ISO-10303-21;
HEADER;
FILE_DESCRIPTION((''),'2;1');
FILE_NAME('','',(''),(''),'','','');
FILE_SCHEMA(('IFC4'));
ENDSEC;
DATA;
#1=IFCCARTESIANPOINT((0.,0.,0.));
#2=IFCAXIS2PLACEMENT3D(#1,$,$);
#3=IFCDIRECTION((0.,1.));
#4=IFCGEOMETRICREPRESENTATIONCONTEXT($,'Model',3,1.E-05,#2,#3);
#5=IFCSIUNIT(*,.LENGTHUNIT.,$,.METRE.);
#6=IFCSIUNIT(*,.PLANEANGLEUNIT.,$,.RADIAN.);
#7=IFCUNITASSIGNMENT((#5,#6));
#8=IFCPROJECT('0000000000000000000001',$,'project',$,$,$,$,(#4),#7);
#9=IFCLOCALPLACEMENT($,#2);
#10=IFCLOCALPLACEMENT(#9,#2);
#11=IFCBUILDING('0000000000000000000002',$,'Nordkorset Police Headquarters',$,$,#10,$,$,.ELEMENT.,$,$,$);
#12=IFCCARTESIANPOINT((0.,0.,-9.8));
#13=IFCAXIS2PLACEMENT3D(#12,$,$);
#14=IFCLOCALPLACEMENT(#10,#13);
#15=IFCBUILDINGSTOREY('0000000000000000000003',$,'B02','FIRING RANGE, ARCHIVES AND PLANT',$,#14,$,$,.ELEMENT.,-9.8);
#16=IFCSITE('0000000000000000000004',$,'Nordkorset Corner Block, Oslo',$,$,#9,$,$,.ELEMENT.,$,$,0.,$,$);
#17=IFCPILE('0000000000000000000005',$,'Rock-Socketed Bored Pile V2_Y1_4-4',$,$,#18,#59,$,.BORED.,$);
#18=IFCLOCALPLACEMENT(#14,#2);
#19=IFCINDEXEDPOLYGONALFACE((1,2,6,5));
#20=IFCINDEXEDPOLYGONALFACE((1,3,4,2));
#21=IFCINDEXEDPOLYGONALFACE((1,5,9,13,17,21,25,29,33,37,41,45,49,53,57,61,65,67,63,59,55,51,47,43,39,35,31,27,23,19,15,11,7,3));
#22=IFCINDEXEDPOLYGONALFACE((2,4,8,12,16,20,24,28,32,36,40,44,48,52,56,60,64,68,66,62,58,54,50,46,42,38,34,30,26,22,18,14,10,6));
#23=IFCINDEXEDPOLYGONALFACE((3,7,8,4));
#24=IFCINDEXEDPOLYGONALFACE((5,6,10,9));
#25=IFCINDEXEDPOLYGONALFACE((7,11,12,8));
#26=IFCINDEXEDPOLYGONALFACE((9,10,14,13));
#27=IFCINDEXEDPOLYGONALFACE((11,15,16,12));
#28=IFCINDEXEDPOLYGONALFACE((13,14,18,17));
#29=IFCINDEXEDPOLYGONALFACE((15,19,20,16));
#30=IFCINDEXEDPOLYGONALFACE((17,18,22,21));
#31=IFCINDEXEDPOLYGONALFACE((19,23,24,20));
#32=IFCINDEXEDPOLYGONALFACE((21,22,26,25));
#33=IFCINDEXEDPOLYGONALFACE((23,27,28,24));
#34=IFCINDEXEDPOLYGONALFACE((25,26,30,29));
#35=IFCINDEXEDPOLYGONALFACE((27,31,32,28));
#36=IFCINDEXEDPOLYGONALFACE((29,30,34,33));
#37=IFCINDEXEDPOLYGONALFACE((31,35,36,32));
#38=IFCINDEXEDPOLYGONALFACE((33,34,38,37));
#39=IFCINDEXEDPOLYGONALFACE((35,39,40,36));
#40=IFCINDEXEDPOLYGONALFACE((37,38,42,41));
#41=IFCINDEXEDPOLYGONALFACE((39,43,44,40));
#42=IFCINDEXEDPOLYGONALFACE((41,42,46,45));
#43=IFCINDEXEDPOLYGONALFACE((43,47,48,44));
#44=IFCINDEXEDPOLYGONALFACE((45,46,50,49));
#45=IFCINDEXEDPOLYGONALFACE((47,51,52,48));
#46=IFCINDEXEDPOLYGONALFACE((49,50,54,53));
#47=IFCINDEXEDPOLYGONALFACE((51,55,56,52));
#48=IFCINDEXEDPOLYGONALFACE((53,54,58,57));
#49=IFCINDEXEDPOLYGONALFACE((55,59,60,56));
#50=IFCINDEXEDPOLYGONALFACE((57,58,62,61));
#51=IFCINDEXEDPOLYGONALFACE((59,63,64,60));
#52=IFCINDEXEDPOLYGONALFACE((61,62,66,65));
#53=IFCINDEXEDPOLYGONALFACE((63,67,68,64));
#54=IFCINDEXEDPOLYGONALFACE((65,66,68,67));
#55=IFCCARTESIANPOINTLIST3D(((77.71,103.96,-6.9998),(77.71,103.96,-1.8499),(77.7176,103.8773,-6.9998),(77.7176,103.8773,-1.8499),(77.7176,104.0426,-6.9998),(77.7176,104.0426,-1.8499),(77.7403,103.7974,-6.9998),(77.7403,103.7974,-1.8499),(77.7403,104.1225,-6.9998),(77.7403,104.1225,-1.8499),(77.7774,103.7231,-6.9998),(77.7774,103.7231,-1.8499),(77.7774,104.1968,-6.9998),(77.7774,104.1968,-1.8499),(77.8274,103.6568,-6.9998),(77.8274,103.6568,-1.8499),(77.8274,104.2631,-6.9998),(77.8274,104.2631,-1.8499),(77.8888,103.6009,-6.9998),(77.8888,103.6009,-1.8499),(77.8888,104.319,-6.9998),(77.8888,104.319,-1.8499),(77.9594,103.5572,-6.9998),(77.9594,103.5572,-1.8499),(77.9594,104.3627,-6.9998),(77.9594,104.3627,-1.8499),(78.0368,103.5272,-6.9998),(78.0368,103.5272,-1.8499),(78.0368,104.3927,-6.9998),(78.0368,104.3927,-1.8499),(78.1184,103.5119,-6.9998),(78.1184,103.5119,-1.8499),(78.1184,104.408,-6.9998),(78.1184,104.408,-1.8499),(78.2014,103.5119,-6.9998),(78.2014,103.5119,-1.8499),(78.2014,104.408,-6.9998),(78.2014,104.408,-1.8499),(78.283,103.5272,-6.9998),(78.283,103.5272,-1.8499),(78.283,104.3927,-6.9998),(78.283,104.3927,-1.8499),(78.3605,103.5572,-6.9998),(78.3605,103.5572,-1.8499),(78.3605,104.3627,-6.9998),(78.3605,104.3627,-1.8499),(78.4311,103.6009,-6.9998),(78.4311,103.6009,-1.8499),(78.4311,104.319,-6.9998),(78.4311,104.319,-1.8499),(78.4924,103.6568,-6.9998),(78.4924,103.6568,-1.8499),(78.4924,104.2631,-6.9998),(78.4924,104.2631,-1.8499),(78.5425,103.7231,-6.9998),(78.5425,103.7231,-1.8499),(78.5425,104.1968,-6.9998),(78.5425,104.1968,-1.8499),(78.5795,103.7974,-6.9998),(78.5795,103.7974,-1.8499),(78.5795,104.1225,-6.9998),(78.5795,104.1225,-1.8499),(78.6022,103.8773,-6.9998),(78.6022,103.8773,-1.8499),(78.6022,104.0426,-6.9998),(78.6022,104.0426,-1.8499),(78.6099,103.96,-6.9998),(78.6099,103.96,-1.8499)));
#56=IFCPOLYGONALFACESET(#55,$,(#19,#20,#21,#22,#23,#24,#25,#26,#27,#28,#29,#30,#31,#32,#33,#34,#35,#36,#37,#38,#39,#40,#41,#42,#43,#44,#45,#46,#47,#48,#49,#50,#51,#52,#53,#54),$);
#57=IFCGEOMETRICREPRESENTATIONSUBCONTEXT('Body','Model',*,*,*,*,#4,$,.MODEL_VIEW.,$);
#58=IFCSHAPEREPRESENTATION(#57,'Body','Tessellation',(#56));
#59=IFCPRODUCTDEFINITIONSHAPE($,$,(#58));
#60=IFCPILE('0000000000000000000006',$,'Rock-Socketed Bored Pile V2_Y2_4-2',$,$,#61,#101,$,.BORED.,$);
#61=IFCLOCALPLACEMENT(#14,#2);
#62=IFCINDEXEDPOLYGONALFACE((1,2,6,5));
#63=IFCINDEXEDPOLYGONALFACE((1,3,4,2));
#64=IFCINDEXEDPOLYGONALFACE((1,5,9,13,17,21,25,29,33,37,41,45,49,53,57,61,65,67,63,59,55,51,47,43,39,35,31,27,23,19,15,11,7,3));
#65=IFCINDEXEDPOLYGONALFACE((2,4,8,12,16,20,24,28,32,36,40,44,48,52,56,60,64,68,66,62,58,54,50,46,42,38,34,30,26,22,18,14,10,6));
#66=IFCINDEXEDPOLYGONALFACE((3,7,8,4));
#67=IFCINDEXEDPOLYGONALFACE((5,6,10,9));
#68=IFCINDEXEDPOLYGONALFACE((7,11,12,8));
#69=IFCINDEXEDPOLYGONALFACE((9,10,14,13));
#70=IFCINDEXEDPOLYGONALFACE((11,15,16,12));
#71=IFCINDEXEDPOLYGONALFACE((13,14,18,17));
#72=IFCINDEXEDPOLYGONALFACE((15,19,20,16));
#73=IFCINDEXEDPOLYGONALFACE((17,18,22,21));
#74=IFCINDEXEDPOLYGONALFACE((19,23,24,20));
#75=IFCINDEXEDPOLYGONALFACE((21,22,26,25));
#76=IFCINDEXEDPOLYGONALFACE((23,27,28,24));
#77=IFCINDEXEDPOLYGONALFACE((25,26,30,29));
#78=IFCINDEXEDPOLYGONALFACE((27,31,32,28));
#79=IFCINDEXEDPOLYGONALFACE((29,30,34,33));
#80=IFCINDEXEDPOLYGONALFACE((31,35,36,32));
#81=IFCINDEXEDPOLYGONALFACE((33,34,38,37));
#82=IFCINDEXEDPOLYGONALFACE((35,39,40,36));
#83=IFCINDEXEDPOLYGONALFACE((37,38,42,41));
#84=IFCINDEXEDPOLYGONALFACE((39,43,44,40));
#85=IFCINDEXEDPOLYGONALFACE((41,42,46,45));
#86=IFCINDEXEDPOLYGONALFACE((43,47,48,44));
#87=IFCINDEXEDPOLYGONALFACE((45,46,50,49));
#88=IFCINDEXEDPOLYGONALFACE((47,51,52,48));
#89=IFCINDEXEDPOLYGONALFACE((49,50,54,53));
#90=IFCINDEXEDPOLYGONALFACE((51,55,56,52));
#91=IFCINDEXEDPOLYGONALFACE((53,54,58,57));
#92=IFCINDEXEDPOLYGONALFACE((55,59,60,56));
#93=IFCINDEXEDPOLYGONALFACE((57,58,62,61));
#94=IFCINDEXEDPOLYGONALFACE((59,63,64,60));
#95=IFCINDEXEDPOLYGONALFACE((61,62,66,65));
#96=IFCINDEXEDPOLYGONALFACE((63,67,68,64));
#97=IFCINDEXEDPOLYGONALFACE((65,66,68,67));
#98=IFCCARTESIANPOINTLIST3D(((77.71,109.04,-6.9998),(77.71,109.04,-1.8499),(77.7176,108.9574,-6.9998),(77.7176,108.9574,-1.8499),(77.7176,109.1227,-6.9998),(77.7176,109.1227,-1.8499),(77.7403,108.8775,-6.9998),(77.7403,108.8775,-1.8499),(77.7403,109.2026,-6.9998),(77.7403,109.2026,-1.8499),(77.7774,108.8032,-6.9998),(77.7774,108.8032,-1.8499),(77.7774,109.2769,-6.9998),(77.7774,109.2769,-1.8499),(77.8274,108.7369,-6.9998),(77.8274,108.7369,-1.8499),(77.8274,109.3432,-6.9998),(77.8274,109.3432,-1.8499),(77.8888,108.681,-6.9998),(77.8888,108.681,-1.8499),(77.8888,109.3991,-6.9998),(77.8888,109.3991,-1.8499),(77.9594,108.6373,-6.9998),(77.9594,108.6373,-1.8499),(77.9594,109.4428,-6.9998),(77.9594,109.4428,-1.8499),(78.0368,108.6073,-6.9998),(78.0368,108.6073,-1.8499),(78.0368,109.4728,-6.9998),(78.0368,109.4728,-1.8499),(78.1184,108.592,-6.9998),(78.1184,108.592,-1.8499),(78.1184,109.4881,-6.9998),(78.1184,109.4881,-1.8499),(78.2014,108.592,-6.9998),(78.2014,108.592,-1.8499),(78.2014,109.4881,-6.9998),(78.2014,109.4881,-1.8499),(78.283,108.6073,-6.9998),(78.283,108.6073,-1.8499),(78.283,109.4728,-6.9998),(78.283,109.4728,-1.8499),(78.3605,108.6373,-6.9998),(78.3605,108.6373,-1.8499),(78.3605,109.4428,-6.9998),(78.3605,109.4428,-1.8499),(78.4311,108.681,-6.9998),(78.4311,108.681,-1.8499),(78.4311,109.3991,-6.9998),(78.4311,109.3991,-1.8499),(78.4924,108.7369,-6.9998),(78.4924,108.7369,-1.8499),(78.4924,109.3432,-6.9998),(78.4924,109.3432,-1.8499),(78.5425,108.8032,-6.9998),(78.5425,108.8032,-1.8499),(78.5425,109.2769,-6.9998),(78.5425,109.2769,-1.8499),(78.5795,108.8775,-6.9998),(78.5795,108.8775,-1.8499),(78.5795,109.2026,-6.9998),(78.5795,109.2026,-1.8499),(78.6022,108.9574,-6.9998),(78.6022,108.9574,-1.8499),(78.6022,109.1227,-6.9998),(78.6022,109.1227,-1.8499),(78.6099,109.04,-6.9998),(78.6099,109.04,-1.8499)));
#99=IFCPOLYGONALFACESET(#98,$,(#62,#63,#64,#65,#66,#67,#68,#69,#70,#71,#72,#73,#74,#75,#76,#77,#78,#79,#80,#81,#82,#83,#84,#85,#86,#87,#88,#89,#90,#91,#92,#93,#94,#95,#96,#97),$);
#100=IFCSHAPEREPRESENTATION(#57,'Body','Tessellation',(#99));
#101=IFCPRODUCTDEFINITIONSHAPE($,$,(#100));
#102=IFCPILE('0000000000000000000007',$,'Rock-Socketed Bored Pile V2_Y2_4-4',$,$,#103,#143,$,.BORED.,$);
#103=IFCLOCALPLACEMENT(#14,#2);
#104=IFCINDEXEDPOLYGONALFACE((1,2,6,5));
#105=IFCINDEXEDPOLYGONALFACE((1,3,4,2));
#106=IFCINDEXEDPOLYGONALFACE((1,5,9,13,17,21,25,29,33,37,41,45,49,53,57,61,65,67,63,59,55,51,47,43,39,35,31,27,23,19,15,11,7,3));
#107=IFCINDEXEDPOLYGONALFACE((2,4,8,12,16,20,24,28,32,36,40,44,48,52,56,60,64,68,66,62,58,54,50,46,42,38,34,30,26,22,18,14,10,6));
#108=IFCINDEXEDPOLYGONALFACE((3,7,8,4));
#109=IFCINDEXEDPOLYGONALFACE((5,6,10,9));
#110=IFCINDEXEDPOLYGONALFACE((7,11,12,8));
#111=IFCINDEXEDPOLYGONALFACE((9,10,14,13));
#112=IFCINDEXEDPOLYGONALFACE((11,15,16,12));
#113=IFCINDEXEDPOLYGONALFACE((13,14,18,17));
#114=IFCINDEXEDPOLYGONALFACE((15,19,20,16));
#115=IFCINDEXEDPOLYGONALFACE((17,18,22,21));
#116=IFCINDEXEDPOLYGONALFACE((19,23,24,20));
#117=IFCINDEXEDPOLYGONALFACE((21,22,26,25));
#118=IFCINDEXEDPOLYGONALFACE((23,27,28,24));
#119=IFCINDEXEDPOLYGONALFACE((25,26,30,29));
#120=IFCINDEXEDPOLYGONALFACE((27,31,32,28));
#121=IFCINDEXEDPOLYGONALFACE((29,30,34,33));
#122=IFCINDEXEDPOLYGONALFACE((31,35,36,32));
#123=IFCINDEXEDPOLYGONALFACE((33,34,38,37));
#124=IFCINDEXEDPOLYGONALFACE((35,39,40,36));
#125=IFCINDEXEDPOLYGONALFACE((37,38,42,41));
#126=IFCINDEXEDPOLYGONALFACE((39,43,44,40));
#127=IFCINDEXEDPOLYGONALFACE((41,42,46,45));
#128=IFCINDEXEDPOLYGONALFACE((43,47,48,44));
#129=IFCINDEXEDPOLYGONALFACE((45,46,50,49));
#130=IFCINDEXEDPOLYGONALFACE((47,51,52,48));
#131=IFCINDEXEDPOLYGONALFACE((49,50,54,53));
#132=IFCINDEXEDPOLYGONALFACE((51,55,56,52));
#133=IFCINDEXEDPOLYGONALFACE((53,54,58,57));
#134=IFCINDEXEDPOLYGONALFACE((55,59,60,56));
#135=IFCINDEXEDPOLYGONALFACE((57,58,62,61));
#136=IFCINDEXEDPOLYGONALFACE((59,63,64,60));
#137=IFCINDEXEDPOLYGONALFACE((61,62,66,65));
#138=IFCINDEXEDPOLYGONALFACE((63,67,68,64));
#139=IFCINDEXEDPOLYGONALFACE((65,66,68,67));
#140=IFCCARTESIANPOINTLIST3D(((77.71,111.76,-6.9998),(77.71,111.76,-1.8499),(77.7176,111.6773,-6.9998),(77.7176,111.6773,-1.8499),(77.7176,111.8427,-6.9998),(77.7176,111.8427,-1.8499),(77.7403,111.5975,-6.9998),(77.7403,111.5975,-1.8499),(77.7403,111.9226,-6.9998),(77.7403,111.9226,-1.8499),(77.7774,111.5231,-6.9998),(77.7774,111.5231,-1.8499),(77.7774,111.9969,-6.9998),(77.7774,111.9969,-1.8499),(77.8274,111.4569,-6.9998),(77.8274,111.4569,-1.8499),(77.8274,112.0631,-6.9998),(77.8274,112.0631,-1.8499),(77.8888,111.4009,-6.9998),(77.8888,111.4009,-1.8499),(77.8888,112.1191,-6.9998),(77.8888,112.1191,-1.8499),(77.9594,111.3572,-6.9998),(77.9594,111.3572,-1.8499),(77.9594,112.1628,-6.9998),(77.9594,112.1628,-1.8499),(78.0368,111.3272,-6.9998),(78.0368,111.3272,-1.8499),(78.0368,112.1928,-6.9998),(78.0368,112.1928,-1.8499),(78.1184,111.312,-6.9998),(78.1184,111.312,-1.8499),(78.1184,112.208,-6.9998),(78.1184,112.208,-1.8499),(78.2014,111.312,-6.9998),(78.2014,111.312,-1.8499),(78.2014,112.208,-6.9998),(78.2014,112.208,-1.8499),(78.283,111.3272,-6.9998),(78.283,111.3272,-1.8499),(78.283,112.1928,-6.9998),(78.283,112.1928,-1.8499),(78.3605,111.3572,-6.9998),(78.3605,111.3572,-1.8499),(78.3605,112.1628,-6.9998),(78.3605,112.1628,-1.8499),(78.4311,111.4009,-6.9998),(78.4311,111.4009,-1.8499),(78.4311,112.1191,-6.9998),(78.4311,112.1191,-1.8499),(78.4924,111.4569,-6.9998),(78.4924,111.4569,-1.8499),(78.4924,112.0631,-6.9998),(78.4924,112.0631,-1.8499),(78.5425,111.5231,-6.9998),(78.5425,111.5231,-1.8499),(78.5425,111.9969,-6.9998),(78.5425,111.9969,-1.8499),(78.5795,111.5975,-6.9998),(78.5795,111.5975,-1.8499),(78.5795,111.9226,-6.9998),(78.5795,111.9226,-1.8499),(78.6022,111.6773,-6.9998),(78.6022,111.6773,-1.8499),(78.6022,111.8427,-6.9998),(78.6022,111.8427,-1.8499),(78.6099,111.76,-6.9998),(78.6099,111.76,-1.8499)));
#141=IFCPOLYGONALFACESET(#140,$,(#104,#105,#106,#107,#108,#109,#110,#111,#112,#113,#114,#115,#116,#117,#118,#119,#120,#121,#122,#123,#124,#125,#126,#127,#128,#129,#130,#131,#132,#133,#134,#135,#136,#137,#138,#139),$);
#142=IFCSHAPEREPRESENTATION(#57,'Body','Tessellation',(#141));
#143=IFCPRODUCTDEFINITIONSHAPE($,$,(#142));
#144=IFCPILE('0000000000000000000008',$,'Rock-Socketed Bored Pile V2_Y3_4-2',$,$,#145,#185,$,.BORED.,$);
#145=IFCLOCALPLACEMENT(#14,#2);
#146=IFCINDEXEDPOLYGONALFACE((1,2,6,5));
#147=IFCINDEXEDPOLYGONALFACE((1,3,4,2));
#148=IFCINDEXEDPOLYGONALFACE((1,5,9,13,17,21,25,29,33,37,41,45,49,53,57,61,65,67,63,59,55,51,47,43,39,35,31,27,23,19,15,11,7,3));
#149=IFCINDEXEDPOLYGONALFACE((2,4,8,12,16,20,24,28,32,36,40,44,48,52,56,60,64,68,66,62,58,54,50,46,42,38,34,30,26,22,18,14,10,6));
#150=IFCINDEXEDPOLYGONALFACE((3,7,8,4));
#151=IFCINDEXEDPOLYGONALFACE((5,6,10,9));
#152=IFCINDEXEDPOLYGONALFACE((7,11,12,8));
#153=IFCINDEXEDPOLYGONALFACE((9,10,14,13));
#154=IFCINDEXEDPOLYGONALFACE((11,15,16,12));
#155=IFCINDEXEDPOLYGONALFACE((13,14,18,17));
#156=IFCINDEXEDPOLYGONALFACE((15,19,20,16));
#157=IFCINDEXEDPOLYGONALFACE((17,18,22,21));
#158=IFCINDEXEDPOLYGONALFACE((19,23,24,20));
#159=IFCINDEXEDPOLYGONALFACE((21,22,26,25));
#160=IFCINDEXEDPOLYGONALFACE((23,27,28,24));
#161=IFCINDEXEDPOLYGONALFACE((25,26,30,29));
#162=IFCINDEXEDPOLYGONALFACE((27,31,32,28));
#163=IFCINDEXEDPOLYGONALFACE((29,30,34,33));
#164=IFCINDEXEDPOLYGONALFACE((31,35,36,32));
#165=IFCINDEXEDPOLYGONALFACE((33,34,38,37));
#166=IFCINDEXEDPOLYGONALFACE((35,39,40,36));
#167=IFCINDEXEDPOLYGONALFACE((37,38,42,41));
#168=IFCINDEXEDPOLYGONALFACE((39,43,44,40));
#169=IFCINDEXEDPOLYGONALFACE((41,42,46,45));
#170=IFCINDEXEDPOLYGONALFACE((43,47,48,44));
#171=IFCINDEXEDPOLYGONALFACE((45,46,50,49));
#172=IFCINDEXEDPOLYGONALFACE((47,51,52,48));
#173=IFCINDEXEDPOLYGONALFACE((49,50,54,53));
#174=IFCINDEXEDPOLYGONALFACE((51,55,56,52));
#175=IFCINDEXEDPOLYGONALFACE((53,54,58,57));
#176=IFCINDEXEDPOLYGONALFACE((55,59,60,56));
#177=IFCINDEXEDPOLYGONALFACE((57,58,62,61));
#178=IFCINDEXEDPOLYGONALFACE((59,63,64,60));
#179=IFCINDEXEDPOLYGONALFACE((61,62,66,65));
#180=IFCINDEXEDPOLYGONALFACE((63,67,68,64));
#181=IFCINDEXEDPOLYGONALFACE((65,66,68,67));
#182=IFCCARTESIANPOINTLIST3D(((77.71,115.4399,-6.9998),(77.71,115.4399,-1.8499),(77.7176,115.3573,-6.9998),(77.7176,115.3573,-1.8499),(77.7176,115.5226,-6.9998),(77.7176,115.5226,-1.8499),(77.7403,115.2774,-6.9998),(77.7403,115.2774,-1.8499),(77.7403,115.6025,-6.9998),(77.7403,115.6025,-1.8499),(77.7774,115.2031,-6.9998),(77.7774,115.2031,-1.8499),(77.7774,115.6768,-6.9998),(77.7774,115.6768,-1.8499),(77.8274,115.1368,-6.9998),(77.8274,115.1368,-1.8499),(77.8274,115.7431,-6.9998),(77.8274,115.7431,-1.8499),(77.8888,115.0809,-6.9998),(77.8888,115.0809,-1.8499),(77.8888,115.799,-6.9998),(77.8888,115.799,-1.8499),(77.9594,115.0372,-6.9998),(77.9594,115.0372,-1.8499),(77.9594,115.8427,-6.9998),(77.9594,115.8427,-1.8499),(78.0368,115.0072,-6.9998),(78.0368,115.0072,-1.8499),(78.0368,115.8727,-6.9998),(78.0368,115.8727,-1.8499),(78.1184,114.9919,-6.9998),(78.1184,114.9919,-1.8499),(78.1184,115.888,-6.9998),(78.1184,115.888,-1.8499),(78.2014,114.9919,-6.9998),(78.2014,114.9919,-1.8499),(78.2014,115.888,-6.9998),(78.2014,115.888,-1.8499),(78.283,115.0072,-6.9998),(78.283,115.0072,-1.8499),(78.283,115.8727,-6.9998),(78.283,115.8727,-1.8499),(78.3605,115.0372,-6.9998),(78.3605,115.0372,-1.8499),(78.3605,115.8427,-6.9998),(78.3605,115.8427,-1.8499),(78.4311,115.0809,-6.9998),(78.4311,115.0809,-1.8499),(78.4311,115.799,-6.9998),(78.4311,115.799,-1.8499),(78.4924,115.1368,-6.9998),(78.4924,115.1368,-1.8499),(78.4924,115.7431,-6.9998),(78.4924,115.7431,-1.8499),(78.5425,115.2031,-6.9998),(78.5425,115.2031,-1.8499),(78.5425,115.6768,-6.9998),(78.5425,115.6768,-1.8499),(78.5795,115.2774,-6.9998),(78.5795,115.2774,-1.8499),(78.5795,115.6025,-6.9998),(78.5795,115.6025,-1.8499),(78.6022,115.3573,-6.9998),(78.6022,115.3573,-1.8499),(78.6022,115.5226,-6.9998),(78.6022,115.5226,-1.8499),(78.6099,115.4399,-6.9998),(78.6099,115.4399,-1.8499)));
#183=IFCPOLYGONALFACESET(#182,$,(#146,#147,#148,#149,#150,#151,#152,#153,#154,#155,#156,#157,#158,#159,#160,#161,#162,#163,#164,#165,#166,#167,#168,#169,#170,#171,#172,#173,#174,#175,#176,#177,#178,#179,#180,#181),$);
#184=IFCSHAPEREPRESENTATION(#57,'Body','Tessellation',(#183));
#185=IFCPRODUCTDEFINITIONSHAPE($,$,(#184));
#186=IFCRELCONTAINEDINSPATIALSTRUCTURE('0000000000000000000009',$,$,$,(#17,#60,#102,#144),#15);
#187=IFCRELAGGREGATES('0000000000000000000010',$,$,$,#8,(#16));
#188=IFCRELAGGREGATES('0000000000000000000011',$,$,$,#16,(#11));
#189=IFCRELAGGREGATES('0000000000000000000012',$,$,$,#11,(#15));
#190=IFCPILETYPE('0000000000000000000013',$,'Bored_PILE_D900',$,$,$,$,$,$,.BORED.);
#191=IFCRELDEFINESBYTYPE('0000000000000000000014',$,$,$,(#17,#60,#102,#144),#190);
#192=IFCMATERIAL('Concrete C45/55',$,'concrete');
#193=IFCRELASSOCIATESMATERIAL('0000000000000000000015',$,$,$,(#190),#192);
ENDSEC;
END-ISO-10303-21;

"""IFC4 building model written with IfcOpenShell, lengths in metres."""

from ifc_helpers import new_model, si_unit, direction, frame, origin, origin_2d, place, context, subcontext, project, spatial, circle, extrude, material, material_profile, profile_set, type_object, element, save


model = new_model("IFC4")

# Units and contexts
model_context = context("Model", 3, precision=1e-05, world=origin(), true_north=direction((0.0, 1.0)))
body_context = subcontext(model_context, "Body", "Model", "MODEL_VIEW")
ifc_project = project(units=[si_unit("LENGTHUNIT", "METRE"), si_unit("PLANEANGLEUNIT", "RADIAN")], contexts=[model_context])

# Site, building, storey
site_placement = place(None, origin())
site = spatial("IfcSite", under=ifc_project, at=site_placement, Name="Nordkorset Corner Block, Oslo", CompositionType="ELEMENT", RefElevation=0.0)
building_placement = place(site_placement, origin())
building = spatial("IfcBuilding", under=site, at=building_placement, Name="Nordkorset Police Headquarters", CompositionType="ELEMENT")
storey_placement = place(building_placement, frame((0.0, 0.0, -9.8)))
storey = spatial("IfcBuildingStorey", under=building, at=storey_placement, Name="B02", Description="FIRING RANGE, ARCHIVES AND PLANT", CompositionType="ELEMENT", Elevation=-9.8)

# Piles
ifc_material_1 = material(Name="Concrete C45/55", Category="concrete")
ifc_material_profile_1 = material_profile(ifc_material_1, circle(Radius=0.45, at=origin_2d()), Name="PILE D900")
ifc_profile_set_1 = profile_set([ifc_material_profile_1], Name="Concrete C45/55")
pile_type = type_object("IfcPileType", Name="Bored_PILE_D900", PredefinedType="BORED", material=ifc_profile_set_1)
for number, where, z_axis, x_axis, name in (
    (1, (78.1599, 103.96, -1.8499), (0.0, 0.0, -1.0), (1.0, 0.0, 0.0), "Rock-Socketed Bored Pile V2_Y1_4-4"),
    (2, (78.1599, 109.04, -1.8499), (0.0, 0.0, -1.0), (1.0, 0.0, 0.0), "Rock-Socketed Bored Pile V2_Y2_4-2"),
    (3, (78.1599, 111.76, -1.8499), (0.0, 0.0, -1.0), (1.0, 0.0, 0.0), "Rock-Socketed Bored Pile V2_Y2_4-4"),
    (4, (78.1599, 115.4399, -1.8499), (0.0, 0.0, -1.0), (1.0, 0.0, 0.0), "Rock-Socketed Bored Pile V2_Y3_4-2"),
):
    element("IfcPile", number, at=place(storey_placement, frame(where, z_axis=z_axis, x_axis=x_axis)), inside=storey, type_object=pile_type, Name=name, PredefinedType="BORED", context=body_context, shape_type="SweptSolid", body=[
        extrude(circle(Radius=0.45, at=origin_2d()), origin(), (0.0, 0.0, 1.0), 5.1499),
    ])

save(model, "model.ifc")
